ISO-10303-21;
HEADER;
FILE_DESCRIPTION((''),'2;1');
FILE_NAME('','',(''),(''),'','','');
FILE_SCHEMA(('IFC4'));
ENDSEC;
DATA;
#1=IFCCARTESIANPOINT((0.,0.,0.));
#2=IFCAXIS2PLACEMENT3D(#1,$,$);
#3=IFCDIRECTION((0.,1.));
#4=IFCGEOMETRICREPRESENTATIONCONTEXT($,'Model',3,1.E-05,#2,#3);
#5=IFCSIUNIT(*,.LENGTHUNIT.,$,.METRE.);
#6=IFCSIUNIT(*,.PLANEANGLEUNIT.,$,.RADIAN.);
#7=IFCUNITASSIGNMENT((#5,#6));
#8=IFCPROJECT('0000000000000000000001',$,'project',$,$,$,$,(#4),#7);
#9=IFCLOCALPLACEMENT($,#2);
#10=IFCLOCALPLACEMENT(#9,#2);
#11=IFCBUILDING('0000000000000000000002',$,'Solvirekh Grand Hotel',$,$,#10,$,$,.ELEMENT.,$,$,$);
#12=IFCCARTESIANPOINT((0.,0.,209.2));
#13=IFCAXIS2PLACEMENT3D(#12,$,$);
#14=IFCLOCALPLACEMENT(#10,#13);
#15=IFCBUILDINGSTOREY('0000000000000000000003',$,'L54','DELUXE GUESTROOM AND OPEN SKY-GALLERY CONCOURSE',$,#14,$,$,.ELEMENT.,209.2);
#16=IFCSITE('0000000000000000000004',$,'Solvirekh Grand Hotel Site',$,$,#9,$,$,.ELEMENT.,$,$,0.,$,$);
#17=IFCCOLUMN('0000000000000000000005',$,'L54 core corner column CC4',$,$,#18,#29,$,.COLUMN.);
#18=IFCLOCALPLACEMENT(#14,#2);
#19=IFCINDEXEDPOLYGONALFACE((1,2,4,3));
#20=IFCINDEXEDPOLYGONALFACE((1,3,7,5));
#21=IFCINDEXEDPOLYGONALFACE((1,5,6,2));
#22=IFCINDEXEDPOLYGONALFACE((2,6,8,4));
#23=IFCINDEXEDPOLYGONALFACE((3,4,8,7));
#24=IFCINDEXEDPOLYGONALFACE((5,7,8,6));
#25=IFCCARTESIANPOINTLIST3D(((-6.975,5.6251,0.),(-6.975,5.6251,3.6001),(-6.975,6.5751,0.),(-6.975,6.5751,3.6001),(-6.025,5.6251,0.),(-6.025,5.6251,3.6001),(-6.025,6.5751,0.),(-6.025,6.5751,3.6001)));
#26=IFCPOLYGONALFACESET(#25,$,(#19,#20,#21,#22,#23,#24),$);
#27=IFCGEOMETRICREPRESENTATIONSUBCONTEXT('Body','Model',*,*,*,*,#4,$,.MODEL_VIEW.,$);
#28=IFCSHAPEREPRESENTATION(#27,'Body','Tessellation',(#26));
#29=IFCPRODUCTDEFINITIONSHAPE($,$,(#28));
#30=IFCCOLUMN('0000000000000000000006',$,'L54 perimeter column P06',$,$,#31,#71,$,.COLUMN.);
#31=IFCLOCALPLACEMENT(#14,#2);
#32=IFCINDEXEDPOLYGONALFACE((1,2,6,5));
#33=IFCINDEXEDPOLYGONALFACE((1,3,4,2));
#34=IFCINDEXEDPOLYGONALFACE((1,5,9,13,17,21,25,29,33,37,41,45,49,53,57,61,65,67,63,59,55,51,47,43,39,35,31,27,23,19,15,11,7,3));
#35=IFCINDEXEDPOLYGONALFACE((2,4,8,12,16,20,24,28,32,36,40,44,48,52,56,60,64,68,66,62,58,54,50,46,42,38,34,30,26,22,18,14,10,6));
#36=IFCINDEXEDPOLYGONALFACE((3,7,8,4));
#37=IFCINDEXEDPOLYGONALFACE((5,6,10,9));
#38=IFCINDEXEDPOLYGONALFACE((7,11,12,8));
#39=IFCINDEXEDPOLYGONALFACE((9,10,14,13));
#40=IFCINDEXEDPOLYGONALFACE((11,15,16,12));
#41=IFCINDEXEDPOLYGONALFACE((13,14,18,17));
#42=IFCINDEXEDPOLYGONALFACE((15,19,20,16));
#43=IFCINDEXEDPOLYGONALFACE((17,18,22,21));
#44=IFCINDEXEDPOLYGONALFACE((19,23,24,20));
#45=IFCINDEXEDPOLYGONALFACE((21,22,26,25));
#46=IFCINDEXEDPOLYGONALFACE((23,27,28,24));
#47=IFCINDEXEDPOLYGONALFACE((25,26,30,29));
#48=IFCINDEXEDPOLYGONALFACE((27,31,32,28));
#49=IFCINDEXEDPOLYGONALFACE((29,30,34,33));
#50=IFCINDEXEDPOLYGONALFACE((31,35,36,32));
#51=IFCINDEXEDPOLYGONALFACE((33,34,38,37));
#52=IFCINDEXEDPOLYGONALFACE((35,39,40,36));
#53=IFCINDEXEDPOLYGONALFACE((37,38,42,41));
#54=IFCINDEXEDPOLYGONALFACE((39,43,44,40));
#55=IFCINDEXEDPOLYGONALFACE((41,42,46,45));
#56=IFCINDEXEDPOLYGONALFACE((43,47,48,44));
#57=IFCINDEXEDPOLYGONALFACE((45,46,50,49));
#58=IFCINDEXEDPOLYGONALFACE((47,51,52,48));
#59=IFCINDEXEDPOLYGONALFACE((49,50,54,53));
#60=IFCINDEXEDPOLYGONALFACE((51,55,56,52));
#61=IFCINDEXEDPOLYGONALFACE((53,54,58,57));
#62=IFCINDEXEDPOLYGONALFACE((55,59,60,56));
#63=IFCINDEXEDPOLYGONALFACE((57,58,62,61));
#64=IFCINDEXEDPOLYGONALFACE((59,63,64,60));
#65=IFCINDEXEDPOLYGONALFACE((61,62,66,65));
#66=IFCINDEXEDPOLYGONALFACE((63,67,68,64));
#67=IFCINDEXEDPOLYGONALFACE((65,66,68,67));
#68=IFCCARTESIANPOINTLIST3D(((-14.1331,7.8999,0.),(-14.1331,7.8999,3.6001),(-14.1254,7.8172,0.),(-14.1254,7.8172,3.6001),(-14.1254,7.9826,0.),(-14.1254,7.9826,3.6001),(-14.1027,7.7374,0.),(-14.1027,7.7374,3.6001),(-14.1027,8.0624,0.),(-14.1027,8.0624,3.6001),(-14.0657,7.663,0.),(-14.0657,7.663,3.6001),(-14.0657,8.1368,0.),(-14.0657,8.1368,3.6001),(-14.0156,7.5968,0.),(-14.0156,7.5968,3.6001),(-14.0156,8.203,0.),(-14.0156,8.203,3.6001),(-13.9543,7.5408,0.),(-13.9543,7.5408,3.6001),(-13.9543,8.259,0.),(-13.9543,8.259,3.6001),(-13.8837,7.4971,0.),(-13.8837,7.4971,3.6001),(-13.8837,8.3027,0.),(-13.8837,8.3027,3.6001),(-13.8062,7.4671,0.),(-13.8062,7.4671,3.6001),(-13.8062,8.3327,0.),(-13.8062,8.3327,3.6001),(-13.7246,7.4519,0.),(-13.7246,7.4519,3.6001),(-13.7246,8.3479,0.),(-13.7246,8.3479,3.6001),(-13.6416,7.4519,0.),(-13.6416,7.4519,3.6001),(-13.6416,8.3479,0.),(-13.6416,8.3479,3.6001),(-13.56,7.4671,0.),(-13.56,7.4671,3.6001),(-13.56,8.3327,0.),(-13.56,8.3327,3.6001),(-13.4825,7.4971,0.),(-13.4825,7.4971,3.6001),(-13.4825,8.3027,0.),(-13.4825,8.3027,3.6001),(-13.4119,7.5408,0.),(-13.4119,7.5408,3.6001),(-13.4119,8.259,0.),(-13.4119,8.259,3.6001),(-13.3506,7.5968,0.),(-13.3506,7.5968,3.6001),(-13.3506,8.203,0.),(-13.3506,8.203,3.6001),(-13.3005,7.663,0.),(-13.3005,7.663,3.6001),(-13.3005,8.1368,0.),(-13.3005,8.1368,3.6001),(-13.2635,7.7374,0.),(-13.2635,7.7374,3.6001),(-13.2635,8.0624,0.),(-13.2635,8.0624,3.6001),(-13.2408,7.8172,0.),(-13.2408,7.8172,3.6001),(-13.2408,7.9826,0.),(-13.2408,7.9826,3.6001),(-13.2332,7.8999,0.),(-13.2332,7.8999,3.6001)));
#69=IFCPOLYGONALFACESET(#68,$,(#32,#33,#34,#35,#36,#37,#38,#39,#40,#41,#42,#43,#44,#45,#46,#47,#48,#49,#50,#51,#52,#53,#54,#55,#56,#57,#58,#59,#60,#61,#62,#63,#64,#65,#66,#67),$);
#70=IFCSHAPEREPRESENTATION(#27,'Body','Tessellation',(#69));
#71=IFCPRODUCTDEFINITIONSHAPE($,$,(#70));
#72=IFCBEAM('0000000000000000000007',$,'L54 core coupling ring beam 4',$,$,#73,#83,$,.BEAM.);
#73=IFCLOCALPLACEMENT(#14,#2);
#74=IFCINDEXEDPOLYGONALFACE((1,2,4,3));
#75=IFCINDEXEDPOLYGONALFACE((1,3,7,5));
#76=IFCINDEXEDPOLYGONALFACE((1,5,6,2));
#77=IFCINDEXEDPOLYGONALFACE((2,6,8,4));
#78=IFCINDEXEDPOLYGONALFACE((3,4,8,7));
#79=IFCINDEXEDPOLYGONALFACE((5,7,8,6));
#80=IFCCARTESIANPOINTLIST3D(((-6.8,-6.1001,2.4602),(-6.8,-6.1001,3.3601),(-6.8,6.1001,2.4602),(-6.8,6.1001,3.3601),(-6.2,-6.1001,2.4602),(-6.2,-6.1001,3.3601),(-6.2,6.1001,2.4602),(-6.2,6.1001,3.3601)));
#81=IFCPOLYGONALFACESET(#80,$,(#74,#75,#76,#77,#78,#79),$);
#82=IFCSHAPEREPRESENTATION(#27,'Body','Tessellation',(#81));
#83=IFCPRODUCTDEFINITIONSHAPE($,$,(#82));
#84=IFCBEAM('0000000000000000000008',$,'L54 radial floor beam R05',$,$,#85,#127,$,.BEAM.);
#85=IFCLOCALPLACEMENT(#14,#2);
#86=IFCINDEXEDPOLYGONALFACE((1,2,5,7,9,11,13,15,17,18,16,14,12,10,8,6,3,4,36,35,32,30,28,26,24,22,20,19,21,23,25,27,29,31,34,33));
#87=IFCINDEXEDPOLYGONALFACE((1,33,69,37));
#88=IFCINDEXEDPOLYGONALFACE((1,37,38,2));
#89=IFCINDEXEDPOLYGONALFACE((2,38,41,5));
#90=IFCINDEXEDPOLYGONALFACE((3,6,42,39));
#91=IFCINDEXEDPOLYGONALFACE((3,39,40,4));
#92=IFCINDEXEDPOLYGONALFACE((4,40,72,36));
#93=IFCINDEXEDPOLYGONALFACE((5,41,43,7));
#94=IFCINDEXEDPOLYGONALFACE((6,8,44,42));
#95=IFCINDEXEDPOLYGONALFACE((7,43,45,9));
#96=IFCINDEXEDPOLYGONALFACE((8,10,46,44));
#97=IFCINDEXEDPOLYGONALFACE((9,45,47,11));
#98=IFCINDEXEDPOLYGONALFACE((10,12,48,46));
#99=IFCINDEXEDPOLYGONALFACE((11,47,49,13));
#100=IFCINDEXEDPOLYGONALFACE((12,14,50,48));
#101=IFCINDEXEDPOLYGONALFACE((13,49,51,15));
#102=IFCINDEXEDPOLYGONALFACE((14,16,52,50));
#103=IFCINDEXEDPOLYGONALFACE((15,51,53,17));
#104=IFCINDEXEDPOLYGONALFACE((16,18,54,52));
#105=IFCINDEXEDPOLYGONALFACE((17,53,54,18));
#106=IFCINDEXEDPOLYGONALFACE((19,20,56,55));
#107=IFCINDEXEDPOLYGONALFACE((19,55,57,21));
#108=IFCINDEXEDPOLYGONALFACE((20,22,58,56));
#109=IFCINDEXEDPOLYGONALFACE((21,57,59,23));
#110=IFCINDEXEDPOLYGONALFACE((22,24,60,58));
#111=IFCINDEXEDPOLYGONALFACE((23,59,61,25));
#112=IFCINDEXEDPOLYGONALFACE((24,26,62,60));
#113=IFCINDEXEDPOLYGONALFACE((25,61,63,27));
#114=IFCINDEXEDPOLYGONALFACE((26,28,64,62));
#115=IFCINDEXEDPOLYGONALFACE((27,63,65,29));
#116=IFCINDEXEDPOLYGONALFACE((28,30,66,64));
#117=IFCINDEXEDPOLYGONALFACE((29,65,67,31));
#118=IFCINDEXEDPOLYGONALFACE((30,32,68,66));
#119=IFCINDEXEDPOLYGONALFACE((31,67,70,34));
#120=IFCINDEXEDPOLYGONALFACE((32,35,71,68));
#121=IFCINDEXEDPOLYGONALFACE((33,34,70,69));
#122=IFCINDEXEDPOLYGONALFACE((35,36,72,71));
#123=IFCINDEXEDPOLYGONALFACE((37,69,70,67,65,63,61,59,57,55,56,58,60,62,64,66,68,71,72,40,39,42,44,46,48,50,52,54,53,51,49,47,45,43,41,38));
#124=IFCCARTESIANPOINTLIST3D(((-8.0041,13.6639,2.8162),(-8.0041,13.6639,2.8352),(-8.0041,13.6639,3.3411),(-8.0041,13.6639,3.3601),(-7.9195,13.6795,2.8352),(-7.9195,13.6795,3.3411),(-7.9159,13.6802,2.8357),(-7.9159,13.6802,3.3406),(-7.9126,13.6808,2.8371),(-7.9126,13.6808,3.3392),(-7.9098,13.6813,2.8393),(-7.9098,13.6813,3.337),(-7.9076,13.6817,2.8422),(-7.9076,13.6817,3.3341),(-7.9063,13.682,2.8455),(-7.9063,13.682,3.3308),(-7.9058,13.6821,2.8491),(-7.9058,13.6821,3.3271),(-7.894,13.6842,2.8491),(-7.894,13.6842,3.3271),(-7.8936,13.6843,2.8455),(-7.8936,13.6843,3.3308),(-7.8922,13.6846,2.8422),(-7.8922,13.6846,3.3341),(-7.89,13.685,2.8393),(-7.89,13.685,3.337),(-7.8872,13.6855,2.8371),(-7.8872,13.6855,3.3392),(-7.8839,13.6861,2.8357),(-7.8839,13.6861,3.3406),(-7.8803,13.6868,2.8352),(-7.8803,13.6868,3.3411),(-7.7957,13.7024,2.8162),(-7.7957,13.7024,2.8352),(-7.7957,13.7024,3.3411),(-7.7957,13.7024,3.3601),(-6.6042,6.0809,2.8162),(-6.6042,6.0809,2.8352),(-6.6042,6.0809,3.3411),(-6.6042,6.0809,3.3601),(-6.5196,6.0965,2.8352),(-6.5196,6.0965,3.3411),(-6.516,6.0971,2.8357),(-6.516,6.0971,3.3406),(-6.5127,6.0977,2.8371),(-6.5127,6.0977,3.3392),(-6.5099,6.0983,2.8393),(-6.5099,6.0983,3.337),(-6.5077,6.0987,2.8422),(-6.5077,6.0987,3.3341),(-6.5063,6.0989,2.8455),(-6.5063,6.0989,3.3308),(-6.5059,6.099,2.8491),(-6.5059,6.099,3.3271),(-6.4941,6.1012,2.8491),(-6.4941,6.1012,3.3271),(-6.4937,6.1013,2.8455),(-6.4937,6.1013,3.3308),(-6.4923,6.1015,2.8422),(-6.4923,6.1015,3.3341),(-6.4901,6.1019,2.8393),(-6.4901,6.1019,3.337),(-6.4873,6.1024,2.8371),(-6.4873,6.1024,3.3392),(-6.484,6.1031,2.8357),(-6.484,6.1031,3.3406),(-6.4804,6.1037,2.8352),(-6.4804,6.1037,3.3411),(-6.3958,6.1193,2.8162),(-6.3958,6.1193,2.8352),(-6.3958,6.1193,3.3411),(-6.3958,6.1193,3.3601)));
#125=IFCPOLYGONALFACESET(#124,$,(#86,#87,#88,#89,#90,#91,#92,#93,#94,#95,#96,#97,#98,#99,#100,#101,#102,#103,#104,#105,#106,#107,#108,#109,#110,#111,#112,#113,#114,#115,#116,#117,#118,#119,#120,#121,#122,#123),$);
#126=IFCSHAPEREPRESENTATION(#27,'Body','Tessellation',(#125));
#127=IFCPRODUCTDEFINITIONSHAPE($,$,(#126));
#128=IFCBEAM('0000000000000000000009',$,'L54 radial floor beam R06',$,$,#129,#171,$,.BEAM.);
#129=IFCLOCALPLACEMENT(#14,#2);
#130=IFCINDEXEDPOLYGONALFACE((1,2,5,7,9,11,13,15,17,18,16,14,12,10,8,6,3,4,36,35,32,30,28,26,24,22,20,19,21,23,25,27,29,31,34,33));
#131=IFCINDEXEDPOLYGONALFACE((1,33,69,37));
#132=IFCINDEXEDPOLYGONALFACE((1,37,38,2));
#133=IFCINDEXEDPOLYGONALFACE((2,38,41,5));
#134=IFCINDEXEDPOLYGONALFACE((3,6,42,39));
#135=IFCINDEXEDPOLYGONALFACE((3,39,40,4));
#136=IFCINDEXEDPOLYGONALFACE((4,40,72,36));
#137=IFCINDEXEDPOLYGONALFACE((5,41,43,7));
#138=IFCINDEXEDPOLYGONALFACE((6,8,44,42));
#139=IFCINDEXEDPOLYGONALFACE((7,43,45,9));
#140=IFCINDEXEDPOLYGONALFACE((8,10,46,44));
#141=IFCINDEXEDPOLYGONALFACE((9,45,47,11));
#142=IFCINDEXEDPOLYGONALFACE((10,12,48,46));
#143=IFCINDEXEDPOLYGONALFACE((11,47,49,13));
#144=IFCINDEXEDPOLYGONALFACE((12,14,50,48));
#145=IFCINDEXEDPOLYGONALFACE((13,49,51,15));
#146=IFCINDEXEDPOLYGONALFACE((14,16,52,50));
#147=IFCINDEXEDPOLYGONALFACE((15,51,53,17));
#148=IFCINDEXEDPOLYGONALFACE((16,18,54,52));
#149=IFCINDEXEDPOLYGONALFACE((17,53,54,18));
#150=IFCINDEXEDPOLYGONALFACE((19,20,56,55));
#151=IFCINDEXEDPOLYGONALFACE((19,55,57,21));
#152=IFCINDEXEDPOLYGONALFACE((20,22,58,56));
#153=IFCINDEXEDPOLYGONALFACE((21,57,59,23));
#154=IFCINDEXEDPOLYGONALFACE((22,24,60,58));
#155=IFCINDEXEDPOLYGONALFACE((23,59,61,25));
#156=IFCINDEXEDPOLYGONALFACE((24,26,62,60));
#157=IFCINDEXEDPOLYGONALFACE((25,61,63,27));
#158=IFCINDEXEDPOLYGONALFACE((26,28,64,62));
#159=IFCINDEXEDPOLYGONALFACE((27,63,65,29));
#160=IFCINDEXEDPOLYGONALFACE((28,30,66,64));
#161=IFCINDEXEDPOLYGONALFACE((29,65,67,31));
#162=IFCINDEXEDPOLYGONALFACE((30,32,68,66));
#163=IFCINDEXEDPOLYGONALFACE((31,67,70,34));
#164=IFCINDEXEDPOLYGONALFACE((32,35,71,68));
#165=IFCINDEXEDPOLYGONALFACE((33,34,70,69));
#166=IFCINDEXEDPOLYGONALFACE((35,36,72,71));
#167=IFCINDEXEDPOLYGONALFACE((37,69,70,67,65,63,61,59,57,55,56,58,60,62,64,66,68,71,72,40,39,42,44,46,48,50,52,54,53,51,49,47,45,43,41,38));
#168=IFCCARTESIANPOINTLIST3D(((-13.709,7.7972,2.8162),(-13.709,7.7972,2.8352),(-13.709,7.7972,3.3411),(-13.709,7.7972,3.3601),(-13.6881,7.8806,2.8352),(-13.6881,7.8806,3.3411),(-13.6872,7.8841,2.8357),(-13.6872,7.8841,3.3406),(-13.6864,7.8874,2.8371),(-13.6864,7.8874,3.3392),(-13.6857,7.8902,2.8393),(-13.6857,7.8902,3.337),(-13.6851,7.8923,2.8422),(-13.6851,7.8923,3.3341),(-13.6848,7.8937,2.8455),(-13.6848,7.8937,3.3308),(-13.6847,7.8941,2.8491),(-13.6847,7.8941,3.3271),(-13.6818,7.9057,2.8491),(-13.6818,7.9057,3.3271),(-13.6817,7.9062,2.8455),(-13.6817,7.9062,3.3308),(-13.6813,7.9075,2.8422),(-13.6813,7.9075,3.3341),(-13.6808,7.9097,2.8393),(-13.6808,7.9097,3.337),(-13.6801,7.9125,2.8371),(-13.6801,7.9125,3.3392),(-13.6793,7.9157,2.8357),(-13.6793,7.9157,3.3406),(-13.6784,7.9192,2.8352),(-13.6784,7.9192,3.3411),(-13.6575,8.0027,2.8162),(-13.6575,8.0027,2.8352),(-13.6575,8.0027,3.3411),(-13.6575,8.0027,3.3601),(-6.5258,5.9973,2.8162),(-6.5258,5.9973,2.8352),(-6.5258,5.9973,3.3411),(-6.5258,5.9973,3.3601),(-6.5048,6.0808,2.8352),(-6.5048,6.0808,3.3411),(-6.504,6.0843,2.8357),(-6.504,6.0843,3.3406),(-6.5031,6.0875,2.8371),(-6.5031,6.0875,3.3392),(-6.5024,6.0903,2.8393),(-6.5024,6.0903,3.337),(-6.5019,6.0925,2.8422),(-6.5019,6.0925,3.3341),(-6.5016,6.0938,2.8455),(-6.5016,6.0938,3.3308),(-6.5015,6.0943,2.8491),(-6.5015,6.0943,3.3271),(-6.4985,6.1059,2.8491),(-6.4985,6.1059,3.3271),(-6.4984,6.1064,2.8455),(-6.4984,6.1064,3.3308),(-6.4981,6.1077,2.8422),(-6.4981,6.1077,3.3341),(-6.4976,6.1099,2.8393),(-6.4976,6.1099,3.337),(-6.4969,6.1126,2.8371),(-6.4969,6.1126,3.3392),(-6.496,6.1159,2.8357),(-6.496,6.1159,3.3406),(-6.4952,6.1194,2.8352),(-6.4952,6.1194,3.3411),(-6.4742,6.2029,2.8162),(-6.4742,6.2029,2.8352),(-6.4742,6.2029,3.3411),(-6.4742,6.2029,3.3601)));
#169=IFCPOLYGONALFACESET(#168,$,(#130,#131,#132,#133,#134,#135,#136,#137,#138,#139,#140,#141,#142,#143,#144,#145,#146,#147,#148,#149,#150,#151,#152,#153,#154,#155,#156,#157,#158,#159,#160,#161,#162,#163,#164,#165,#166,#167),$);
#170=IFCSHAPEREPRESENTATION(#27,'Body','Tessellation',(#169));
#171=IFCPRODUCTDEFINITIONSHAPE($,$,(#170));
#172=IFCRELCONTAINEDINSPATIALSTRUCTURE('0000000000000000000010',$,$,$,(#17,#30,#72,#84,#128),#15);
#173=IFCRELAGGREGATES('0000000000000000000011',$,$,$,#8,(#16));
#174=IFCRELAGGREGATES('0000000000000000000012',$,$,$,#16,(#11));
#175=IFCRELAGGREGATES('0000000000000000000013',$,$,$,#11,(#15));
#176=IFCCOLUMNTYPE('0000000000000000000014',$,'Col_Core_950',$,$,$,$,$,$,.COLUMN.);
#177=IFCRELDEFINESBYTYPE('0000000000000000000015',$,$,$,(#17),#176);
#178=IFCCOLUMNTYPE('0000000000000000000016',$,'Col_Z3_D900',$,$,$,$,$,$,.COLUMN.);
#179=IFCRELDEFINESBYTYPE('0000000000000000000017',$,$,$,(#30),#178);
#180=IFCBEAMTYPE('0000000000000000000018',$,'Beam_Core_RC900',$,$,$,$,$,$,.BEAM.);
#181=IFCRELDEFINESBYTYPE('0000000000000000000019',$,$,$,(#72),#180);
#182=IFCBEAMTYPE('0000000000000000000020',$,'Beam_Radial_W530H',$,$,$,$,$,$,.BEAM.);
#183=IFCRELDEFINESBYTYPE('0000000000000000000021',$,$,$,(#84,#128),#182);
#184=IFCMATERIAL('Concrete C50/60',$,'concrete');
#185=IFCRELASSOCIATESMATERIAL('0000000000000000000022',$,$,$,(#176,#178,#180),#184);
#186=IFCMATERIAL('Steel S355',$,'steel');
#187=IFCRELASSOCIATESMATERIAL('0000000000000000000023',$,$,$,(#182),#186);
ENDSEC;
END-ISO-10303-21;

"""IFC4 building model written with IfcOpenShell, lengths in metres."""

from ifc_helpers import new_model, si_unit, direction, frame, origin, origin_2d, place, context, subcontext, project, spatial, rectangle, circle, i_section, extrude, material, material_profile, profile_set, type_object, element, save


model = new_model("IFC4")

# Units and contexts
model_context = context("Model", 3, precision=1e-05, world=origin(), true_north=direction((0.0, 1.0)))
body_context = subcontext(model_context, "Body", "Model", "MODEL_VIEW")
ifc_project = project(units=[si_unit("LENGTHUNIT", "METRE"), si_unit("PLANEANGLEUNIT", "RADIAN")], contexts=[model_context])

# Site, building, storey
site_placement = place(None, origin())
site = spatial("IfcSite", under=ifc_project, at=site_placement, Name="Solvirekh Grand Hotel Site", CompositionType="ELEMENT", RefElevation=0.0)
building_placement = place(site_placement, origin())
building = spatial("IfcBuilding", under=site, at=building_placement, Name="Solvirekh Grand Hotel", CompositionType="ELEMENT")
storey_placement = place(building_placement, frame((0.0, 0.0, 209.2)))
storey = spatial("IfcBuildingStorey", under=building, at=storey_placement, Name="L54", Description="DELUXE GUESTROOM AND OPEN SKY-GALLERY CONCOURSE", CompositionType="ELEMENT", Elevation=209.2)

# Columns
ifc_material_1 = material(Name="Concrete C50/60", Category="concrete")
ifc_material_profile_1 = material_profile(ifc_material_1, rectangle(XDim=0.95, YDim=0.95, at=origin_2d()), Name="RC 950X950")
ifc_profile_set_1 = profile_set([ifc_material_profile_1], Name="Concrete C50/60")
column_type_1 = type_object("IfcColumnType", Name="Col_Core_950", PredefinedType="COLUMN", material=ifc_profile_set_1)
column_1_placement = place(storey_placement, frame((-6.5, 6.1001, 0.0), z_axis=(0.0, 0.0, 1.0), x_axis=(1.0, 0.0, 0.0)))
element("IfcColumn", 1, at=column_1_placement, inside=storey, type_object=column_type_1, Name="L54 core corner column CC4", PredefinedType="COLUMN", context=body_context, shape_type="SweptSolid", body=[
    extrude(rectangle(XDim=0.95, YDim=0.95, at=origin_2d()), origin(), (0.0, 0.0, 1.0), 3.6001),
])
ifc_material_profile_2 = material_profile(ifc_material_1, circle(Radius=0.45, at=origin_2d()), Name="RC CIRC D900")
ifc_profile_set_2 = profile_set([ifc_material_profile_2], Name="Concrete C50/60")
column_type_2 = type_object("IfcColumnType", Name="Col_Z3_D900", PredefinedType="COLUMN", material=ifc_profile_set_2)
column_2_placement = place(storey_placement, frame((-13.6831, 7.8999, 0.0), z_axis=(0.0, 0.0, 1.0), x_axis=(1.0, 0.0, 0.0)))
element("IfcColumn", 2, at=column_2_placement, inside=storey, type_object=column_type_2, Name="L54 perimeter column P06", PredefinedType="COLUMN", context=body_context, shape_type="SweptSolid", body=[
    extrude(circle(Radius=0.45, at=origin_2d()), origin(), (0.0, 0.0, 1.0), 3.6001),
])

# Beams
ifc_material_profile_3 = material_profile(ifc_material_1, rectangle(XDim=0.6001, YDim=0.8999, at=origin_2d()), Name="RC BEAM 600X900")
ifc_profile_set_3 = profile_set([ifc_material_profile_3], Name="Concrete C50/60")
beam_type_1 = type_object("IfcBeamType", Name="Beam_Core_RC900", PredefinedType="BEAM", material=ifc_profile_set_3)
beam_1_placement = place(storey_placement, frame((-6.5, 6.1001, 2.9102), z_axis=(0.0, -1.0, 0.0), x_axis=(1.0, 0.0, 0.0)))
element("IfcBeam", 3, at=beam_1_placement, inside=storey, type_object=beam_type_1, Name="L54 core coupling ring beam 4", PredefinedType="BEAM", context=body_context, shape_type="SweptSolid", body=[
    extrude(rectangle(XDim=0.6001, YDim=0.8999, at=origin_2d()), origin(), (0.0, 0.0, 1.0), 12.2002),
])
ifc_material_2 = material(Name="Steel S355", Category="steel")
ifc_material_profile_4 = material_profile(ifc_material_2, i_section(OverallWidth=0.2119, OverallDepth=0.5439, WebThickness=0.012, FlangeThickness=0.019, FilletRadius=0.0139, at=origin_2d()), Name="W530X123")
ifc_profile_set_4 = profile_set([ifc_material_profile_4], Name="Steel S355")
beam_type_2 = type_object("IfcBeamType", Name="Beam_Radial_W530H", PredefinedType="BEAM", material=ifc_profile_set_4)
beam_2_placement = place(storey_placement, frame((-6.5, 6.1001, 3.0881), z_axis=(-0.181543, 0.983383, 0.0), x_axis=(-0.983383, -0.181543, 0.0)))
element("IfcBeam", 4, at=beam_2_placement, inside=storey, type_object=beam_type_2, Name="L54 radial floor beam R05", PredefinedType="BEAM", context=body_context, shape_type="SweptSolid", body=[
    extrude(i_section(OverallWidth=0.2119, OverallDepth=0.5439, WebThickness=0.012, FlangeThickness=0.019, FilletRadius=0.0139, at=origin_2d()), origin(), (0.0, 0.0, 1.0), 7.7112),
])
beam_3_placement = place(storey_placement, frame((-6.5, 6.1001, 3.0881), z_axis=(-0.970014, 0.243048, 0.0), x_axis=(-0.243048, -0.970014, 0.0)))
element("IfcBeam", 5, at=beam_3_placement, inside=storey, type_object=beam_type_2, Name="L54 radial floor beam R06", PredefinedType="BEAM", context=body_context, shape_type="SweptSolid", body=[
    extrude(i_section(OverallWidth=0.2119, OverallDepth=0.5439, WebThickness=0.012, FlangeThickness=0.019, FilletRadius=0.0139, at=origin_2d()), origin(), (0.0, 0.0, 1.0), 7.4053),
])

save(model, "model.ifc")
